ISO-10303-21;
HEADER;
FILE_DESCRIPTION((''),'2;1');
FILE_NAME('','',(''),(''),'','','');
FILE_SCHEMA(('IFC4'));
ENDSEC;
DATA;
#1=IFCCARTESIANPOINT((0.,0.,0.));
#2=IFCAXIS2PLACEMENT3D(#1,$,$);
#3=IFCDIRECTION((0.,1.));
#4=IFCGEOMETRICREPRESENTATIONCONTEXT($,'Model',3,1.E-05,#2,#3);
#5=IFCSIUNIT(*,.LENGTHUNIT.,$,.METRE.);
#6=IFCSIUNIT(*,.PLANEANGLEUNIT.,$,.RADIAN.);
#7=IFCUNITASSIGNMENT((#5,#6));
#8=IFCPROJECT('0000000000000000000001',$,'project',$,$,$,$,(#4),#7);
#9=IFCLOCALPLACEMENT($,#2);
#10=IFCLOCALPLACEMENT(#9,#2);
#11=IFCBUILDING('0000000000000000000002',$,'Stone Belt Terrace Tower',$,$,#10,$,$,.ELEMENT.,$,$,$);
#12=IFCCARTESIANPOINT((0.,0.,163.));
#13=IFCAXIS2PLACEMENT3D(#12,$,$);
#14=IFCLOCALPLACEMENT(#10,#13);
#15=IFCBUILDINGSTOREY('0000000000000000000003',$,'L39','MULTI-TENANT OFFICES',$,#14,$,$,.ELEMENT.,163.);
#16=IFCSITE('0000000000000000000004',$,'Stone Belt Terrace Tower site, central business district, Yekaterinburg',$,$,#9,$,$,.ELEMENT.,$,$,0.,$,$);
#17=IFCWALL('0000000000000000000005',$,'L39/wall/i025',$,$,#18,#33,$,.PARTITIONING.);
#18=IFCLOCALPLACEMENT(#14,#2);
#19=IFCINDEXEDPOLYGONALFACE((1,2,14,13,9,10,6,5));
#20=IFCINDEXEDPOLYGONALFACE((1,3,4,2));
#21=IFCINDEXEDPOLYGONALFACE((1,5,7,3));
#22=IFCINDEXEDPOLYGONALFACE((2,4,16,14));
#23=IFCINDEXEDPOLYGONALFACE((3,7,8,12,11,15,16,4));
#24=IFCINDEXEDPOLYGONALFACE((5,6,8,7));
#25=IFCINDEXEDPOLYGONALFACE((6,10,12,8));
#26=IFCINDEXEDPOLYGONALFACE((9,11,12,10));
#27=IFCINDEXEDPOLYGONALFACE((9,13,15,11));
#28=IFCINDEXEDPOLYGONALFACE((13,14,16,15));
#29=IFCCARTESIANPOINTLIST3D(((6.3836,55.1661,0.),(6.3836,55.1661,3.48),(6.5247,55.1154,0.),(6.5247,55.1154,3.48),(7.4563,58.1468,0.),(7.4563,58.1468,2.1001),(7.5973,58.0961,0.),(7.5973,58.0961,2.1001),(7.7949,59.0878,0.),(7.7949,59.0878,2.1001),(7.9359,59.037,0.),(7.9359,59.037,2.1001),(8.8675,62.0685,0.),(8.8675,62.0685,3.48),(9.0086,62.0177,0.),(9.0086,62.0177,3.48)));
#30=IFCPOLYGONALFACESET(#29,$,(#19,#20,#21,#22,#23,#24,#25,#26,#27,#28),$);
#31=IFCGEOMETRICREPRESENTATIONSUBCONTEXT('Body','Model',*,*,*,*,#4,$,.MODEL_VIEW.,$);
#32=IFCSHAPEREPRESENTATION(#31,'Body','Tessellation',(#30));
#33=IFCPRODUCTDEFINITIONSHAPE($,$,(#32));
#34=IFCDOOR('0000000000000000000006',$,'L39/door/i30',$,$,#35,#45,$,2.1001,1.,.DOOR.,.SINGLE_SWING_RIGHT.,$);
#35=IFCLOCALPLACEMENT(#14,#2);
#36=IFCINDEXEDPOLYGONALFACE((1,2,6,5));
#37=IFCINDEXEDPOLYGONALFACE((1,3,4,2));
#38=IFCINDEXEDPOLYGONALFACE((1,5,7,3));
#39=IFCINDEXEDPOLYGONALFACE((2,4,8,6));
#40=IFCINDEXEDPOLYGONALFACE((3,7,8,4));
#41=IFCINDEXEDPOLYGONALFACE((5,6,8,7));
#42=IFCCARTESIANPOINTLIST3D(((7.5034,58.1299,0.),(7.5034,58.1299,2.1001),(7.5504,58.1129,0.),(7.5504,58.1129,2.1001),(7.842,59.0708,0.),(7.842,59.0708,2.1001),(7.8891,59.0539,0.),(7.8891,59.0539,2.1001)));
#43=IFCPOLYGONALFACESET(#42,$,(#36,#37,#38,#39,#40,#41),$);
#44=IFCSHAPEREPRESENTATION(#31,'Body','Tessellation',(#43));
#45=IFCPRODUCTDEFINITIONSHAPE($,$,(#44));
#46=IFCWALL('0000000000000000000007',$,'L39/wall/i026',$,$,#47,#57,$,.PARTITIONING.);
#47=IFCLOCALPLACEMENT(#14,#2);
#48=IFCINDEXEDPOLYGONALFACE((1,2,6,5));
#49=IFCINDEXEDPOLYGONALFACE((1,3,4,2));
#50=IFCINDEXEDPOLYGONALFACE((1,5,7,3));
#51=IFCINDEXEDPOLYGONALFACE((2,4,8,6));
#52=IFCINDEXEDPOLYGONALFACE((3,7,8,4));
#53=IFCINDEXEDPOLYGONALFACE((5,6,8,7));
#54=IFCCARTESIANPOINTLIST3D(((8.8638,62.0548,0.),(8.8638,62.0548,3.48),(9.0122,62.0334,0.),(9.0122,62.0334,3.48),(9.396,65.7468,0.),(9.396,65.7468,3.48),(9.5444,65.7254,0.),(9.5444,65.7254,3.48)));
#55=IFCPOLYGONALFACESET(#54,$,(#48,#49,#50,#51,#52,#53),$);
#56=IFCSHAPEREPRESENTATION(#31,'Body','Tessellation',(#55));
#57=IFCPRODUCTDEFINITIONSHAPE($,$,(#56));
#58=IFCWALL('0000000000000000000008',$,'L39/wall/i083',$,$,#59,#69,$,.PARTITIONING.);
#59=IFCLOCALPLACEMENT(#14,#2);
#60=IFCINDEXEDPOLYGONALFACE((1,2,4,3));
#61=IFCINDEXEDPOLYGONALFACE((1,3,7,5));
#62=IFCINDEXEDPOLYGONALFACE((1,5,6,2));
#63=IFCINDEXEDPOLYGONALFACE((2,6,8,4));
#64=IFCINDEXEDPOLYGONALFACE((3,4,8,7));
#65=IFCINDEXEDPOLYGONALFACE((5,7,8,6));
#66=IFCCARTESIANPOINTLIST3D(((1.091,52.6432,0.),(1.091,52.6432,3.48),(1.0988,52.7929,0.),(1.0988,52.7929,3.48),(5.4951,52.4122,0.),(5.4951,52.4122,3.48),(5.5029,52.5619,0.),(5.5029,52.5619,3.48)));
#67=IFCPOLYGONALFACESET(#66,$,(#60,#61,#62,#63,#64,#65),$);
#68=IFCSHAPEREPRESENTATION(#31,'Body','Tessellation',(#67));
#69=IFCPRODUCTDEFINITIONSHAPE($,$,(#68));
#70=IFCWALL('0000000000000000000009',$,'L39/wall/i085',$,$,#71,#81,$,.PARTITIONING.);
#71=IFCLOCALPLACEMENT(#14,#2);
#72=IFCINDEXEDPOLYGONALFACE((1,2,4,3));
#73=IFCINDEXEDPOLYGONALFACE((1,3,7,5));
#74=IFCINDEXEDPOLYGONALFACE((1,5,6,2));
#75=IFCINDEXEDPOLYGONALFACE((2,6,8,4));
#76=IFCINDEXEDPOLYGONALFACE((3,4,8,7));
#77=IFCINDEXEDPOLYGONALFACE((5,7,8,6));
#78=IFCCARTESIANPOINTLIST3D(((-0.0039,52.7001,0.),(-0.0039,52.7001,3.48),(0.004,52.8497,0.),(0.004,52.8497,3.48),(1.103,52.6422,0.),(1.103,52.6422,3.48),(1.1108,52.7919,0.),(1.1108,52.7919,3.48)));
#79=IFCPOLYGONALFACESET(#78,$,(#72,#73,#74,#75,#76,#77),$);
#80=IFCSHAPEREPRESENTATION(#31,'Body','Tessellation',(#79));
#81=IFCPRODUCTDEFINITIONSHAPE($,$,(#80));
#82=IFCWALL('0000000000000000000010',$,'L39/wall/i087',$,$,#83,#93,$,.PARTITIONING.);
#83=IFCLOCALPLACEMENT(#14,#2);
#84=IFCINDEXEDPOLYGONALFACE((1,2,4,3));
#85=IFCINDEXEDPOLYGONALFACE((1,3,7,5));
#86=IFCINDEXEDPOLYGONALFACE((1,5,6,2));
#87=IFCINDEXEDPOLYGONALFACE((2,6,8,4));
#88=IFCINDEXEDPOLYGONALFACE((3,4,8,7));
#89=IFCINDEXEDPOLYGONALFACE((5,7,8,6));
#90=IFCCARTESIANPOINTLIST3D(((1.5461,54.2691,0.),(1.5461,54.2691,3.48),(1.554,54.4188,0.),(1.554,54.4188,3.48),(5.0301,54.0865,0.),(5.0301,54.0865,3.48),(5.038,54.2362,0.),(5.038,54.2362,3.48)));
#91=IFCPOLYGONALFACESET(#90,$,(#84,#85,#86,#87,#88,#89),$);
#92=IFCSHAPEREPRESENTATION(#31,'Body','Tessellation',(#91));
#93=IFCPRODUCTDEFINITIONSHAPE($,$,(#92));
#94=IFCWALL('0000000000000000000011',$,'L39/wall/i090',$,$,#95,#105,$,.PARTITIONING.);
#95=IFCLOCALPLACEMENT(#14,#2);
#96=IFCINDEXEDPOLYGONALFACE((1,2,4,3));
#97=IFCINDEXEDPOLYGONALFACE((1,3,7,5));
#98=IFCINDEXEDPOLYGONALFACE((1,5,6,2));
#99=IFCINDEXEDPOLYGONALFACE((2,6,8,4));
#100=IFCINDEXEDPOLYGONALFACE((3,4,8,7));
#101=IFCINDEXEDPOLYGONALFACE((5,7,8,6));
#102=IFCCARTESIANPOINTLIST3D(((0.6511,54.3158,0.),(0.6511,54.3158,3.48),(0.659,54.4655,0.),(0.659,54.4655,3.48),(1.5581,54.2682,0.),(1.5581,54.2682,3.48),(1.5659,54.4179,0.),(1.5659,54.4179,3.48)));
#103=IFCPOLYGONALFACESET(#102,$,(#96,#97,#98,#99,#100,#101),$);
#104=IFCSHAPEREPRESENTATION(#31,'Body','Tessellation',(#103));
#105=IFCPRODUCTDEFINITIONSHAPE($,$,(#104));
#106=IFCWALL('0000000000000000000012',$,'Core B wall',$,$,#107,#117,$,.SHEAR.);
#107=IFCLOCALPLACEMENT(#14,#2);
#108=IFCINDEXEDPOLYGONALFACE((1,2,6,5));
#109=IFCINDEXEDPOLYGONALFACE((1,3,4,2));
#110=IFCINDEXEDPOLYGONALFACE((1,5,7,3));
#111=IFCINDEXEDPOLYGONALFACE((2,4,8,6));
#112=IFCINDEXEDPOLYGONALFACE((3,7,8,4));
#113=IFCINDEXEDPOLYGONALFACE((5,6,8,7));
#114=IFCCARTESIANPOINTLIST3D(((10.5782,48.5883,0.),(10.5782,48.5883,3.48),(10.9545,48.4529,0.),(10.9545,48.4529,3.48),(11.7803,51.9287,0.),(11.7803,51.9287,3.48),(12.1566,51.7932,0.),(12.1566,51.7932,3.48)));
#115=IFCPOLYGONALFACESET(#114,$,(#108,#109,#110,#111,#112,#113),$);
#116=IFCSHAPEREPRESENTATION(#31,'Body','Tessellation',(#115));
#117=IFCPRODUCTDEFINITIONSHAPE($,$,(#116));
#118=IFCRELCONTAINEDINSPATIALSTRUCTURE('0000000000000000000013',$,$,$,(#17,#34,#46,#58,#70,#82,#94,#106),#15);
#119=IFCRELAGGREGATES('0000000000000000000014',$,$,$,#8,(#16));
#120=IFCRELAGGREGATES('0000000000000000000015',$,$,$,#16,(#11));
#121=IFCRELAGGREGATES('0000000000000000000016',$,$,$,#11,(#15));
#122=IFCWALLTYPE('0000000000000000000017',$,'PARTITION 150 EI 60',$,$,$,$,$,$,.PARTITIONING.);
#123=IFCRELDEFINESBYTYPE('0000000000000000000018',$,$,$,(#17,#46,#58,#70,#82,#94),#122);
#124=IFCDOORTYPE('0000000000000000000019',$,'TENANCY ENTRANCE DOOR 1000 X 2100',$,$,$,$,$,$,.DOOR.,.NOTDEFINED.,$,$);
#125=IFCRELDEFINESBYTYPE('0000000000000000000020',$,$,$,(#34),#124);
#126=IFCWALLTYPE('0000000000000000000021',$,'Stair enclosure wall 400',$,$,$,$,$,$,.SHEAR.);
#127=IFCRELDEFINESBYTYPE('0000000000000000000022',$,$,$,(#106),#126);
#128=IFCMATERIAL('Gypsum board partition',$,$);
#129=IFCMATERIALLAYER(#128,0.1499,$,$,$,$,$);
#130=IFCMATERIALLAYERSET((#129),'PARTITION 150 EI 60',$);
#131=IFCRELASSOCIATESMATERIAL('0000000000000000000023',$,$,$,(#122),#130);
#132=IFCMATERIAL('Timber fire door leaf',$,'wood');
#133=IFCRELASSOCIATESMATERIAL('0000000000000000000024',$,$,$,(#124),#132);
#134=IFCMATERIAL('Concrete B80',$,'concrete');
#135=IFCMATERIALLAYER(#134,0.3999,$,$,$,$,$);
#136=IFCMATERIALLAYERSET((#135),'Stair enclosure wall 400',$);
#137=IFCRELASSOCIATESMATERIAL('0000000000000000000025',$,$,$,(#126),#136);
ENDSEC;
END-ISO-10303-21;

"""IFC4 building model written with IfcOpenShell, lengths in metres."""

from ifc_helpers import new_model, si_unit, direction, frame, frame_2d, origin, place, context, subcontext, project, spatial, rectangle, extrude, material, layer, layer_set, type_object, element, fill, save


model = new_model("IFC4")

# Units and contexts
model_context = context("Model", 3, precision=1e-05, world=origin(), true_north=direction((0.0, 1.0)))
body_context = subcontext(model_context, "Body", "Model", "MODEL_VIEW")
ifc_project = project(units=[si_unit("LENGTHUNIT", "METRE"), si_unit("PLANEANGLEUNIT", "RADIAN")], contexts=[model_context])

# Site, building, storey
site_placement = place(None, origin())
site = spatial("IfcSite", under=ifc_project, at=site_placement, Name="Stone Belt Terrace Tower site, central business district, Yekaterinburg", CompositionType="ELEMENT", RefElevation=0.0)
building_placement = place(site_placement, origin())
building = spatial("IfcBuilding", under=site, at=building_placement, Name="Stone Belt Terrace Tower", CompositionType="ELEMENT")
storey_placement = place(building_placement, frame((0.0, 0.0, 163.0)))
storey = spatial("IfcBuildingStorey", under=building, at=storey_placement, Name="L39", Description="MULTI-TENANT OFFICES", CompositionType="ELEMENT", Elevation=163.0)

# Shared definitions
ifc_material_1 = material(Name="Concrete B80", Category="concrete")

# Shared definitions
ifc_material_2 = material(Name="Gypsum board partition")

# Shared definitions
ifc_layer_1 = layer(ifc_material_2, 0.1499)
ifc_layer_set_1 = layer_set([ifc_layer_1], Name="PARTITION 150 EI 60")
wall_type_1 = type_object("IfcWallType", Name="PARTITION 150 EI 60", PredefinedType="PARTITIONING", material=ifc_layer_set_1)

# Wall, opening, door
wall_1_placement = place(storey_placement, frame((6.4541, 55.1406, 0.0), z_axis=(0.0, 0.0, 1.0), x_axis=(0.338604, 0.940929, 0.0)))
wall_1 = element("IfcWall", 1, at=wall_1_placement, inside=storey, type_object=wall_type_1, Name="L39/wall/i025", PredefinedType="PARTITIONING", context=body_context, shape_type="SweptSolid", body=[
    extrude(rectangle(XDim=7.3357, YDim=0.1499, at=frame_2d((3.668, 0.0))), origin(), (0.0, 0.0, 1.0), 3.48),
])
opening_1_placement = place(wall_1_placement, frame((3.168, 0.0, 0.0)))
opening_1 = element("IfcOpeningElement", 2, at=opening_1_placement, cuts=wall_1, PredefinedType="OPENING", context=body_context, shape_type="SweptSolid", body=[
    extrude(rectangle(XDim=1.0, YDim=2.1001, at=frame_2d((0.5, 1.05))), frame((0.0, 0.085, 0.0), z_axis=(0.0, -1.0, 0.0), x_axis=(1.0, 0.0, 0.0)), (0.0, 0.0, 1.0), 0.1699),
])
ifc_material_3 = material(Name="Timber fire door leaf", Category="wood")
door_type_1 = type_object("IfcDoorType", Name="TENANCY ENTRANCE DOOR 1000 X 2100", OperationType="NOTDEFINED", PredefinedType="DOOR", material=ifc_material_3)
door_1_placement = place(opening_1_placement, origin())
door_1 = element("IfcDoor", 3, at=door_1_placement, inside=storey, type_object=door_type_1, Name="L39/door/i30", OperationType="SINGLE_SWING_RIGHT", OverallHeight=2.1001, OverallWidth=1.0, PredefinedType="DOOR", context=body_context, shape_type="SweptSolid", body=[
    extrude(rectangle(XDim=1.0, YDim=2.1001, at=frame_2d((0.5, 1.05))), frame((0.0, 0.0249, 0.0), z_axis=(0.0, -1.0, 0.0), x_axis=(1.0, 0.0, 0.0)), (0.0, 0.0, 1.0), 0.05),
])
fill(opening_1, door_1)

# Walls
wall_2_placement = place(storey_placement, frame((8.938, 62.0439, 0.0), z_axis=(0.0, 0.0, 1.0), x_axis=(0.142677, 0.989769, 0.0)))
element("IfcWall", 4, at=wall_2_placement, inside=storey, type_object=wall_type_1, Name="L39/wall/i026", PredefinedType="PARTITIONING", context=body_context, shape_type="SweptSolid", body=[
    extrude(rectangle(XDim=3.7302, YDim=0.1499, at=frame_2d((1.8652, 0.0))), origin(), (0.0, 0.0, 1.0), 3.48),
])
wall_3_placement = place(storey_placement, frame((5.499, 52.4871, 0.0), z_axis=(0.0, 0.0, 1.0), x_axis=(-0.998628, 0.05237, 0.0)))
element("IfcWall", 5, at=wall_3_placement, inside=storey, type_object=wall_type_1, Name="L39/wall/i083", PredefinedType="PARTITIONING", context=body_context, shape_type="SweptSolid", body=[
    extrude(rectangle(XDim=4.4102, YDim=0.1499, at=frame_2d((2.2051, 0.0))), origin(), (0.0, 0.0, 1.0), 3.48),
])
wall_4_placement = place(storey_placement, frame((1.1069, 52.717, 0.0), z_axis=(0.0, 0.0, 1.0), x_axis=(-0.998637, 0.0522, 0.0)))
element("IfcWall", 6, at=wall_4_placement, inside=storey, type_object=wall_type_1, Name="L39/wall/i085", PredefinedType="PARTITIONING", context=body_context, shape_type="SweptSolid", body=[
    extrude(rectangle(XDim=1.1084, YDim=0.1499, at=frame_2d((0.5542, 0.0))), origin(), (0.0, 0.0, 1.0), 3.48),
])
wall_5_placement = place(storey_placement, frame((1.55, 54.344, 0.0), z_axis=(0.0, 0.0, 1.0), x_axis=(0.998629, -0.052346, 0.0)))
element("IfcWall", 7, at=wall_5_placement, inside=storey, type_object=wall_type_1, Name="L39/wall/i087", PredefinedType="PARTITIONING", context=body_context, shape_type="SweptSolid", body=[
    extrude(rectangle(XDim=3.4888, YDim=0.1499, at=frame_2d((1.7444, 0.0))), origin(), (0.0, 0.0, 1.0), 3.48),
])
wall_6_placement = place(storey_placement, frame((0.655, 54.3906, 0.0), z_axis=(0.0, 0.0, 1.0), x_axis=(0.998625, -0.052418, 0.0)))
element("IfcWall", 8, at=wall_6_placement, inside=storey, type_object=wall_type_1, Name="L39/wall/i090", PredefinedType="PARTITIONING", context=body_context, shape_type="SweptSolid", body=[
    extrude(rectangle(XDim=0.9082, YDim=0.1499, at=frame_2d((0.4541, 0.0))), origin(), (0.0, 0.0, 1.0), 3.48),
])
ifc_layer_2 = layer(ifc_material_1, 0.3999)
ifc_layer_set_2 = layer_set([ifc_layer_2], Name="Stair enclosure wall 400")
wall_type_2 = type_object("IfcWallType", Name="Stair enclosure wall 400", PredefinedType="SHEAR", material=ifc_layer_set_2)
wall_7_placement = place(storey_placement, frame((10.7664, 48.5208, 0.0), z_axis=(0.0, 0.0, 1.0), x_axis=(0.338627, 0.940921, 0.0)))
element("IfcWall", 9, at=wall_7_placement, inside=storey, type_object=wall_type_2, Name="Core B wall", PredefinedType="SHEAR", context=body_context, shape_type="SweptSolid", body=[
    extrude(rectangle(XDim=3.55, YDim=0.3999, at=frame_2d((1.7749, 0.0))), origin(), (0.0, 0.0, 1.0), 3.48),
])

save(model, "model.ifc")
